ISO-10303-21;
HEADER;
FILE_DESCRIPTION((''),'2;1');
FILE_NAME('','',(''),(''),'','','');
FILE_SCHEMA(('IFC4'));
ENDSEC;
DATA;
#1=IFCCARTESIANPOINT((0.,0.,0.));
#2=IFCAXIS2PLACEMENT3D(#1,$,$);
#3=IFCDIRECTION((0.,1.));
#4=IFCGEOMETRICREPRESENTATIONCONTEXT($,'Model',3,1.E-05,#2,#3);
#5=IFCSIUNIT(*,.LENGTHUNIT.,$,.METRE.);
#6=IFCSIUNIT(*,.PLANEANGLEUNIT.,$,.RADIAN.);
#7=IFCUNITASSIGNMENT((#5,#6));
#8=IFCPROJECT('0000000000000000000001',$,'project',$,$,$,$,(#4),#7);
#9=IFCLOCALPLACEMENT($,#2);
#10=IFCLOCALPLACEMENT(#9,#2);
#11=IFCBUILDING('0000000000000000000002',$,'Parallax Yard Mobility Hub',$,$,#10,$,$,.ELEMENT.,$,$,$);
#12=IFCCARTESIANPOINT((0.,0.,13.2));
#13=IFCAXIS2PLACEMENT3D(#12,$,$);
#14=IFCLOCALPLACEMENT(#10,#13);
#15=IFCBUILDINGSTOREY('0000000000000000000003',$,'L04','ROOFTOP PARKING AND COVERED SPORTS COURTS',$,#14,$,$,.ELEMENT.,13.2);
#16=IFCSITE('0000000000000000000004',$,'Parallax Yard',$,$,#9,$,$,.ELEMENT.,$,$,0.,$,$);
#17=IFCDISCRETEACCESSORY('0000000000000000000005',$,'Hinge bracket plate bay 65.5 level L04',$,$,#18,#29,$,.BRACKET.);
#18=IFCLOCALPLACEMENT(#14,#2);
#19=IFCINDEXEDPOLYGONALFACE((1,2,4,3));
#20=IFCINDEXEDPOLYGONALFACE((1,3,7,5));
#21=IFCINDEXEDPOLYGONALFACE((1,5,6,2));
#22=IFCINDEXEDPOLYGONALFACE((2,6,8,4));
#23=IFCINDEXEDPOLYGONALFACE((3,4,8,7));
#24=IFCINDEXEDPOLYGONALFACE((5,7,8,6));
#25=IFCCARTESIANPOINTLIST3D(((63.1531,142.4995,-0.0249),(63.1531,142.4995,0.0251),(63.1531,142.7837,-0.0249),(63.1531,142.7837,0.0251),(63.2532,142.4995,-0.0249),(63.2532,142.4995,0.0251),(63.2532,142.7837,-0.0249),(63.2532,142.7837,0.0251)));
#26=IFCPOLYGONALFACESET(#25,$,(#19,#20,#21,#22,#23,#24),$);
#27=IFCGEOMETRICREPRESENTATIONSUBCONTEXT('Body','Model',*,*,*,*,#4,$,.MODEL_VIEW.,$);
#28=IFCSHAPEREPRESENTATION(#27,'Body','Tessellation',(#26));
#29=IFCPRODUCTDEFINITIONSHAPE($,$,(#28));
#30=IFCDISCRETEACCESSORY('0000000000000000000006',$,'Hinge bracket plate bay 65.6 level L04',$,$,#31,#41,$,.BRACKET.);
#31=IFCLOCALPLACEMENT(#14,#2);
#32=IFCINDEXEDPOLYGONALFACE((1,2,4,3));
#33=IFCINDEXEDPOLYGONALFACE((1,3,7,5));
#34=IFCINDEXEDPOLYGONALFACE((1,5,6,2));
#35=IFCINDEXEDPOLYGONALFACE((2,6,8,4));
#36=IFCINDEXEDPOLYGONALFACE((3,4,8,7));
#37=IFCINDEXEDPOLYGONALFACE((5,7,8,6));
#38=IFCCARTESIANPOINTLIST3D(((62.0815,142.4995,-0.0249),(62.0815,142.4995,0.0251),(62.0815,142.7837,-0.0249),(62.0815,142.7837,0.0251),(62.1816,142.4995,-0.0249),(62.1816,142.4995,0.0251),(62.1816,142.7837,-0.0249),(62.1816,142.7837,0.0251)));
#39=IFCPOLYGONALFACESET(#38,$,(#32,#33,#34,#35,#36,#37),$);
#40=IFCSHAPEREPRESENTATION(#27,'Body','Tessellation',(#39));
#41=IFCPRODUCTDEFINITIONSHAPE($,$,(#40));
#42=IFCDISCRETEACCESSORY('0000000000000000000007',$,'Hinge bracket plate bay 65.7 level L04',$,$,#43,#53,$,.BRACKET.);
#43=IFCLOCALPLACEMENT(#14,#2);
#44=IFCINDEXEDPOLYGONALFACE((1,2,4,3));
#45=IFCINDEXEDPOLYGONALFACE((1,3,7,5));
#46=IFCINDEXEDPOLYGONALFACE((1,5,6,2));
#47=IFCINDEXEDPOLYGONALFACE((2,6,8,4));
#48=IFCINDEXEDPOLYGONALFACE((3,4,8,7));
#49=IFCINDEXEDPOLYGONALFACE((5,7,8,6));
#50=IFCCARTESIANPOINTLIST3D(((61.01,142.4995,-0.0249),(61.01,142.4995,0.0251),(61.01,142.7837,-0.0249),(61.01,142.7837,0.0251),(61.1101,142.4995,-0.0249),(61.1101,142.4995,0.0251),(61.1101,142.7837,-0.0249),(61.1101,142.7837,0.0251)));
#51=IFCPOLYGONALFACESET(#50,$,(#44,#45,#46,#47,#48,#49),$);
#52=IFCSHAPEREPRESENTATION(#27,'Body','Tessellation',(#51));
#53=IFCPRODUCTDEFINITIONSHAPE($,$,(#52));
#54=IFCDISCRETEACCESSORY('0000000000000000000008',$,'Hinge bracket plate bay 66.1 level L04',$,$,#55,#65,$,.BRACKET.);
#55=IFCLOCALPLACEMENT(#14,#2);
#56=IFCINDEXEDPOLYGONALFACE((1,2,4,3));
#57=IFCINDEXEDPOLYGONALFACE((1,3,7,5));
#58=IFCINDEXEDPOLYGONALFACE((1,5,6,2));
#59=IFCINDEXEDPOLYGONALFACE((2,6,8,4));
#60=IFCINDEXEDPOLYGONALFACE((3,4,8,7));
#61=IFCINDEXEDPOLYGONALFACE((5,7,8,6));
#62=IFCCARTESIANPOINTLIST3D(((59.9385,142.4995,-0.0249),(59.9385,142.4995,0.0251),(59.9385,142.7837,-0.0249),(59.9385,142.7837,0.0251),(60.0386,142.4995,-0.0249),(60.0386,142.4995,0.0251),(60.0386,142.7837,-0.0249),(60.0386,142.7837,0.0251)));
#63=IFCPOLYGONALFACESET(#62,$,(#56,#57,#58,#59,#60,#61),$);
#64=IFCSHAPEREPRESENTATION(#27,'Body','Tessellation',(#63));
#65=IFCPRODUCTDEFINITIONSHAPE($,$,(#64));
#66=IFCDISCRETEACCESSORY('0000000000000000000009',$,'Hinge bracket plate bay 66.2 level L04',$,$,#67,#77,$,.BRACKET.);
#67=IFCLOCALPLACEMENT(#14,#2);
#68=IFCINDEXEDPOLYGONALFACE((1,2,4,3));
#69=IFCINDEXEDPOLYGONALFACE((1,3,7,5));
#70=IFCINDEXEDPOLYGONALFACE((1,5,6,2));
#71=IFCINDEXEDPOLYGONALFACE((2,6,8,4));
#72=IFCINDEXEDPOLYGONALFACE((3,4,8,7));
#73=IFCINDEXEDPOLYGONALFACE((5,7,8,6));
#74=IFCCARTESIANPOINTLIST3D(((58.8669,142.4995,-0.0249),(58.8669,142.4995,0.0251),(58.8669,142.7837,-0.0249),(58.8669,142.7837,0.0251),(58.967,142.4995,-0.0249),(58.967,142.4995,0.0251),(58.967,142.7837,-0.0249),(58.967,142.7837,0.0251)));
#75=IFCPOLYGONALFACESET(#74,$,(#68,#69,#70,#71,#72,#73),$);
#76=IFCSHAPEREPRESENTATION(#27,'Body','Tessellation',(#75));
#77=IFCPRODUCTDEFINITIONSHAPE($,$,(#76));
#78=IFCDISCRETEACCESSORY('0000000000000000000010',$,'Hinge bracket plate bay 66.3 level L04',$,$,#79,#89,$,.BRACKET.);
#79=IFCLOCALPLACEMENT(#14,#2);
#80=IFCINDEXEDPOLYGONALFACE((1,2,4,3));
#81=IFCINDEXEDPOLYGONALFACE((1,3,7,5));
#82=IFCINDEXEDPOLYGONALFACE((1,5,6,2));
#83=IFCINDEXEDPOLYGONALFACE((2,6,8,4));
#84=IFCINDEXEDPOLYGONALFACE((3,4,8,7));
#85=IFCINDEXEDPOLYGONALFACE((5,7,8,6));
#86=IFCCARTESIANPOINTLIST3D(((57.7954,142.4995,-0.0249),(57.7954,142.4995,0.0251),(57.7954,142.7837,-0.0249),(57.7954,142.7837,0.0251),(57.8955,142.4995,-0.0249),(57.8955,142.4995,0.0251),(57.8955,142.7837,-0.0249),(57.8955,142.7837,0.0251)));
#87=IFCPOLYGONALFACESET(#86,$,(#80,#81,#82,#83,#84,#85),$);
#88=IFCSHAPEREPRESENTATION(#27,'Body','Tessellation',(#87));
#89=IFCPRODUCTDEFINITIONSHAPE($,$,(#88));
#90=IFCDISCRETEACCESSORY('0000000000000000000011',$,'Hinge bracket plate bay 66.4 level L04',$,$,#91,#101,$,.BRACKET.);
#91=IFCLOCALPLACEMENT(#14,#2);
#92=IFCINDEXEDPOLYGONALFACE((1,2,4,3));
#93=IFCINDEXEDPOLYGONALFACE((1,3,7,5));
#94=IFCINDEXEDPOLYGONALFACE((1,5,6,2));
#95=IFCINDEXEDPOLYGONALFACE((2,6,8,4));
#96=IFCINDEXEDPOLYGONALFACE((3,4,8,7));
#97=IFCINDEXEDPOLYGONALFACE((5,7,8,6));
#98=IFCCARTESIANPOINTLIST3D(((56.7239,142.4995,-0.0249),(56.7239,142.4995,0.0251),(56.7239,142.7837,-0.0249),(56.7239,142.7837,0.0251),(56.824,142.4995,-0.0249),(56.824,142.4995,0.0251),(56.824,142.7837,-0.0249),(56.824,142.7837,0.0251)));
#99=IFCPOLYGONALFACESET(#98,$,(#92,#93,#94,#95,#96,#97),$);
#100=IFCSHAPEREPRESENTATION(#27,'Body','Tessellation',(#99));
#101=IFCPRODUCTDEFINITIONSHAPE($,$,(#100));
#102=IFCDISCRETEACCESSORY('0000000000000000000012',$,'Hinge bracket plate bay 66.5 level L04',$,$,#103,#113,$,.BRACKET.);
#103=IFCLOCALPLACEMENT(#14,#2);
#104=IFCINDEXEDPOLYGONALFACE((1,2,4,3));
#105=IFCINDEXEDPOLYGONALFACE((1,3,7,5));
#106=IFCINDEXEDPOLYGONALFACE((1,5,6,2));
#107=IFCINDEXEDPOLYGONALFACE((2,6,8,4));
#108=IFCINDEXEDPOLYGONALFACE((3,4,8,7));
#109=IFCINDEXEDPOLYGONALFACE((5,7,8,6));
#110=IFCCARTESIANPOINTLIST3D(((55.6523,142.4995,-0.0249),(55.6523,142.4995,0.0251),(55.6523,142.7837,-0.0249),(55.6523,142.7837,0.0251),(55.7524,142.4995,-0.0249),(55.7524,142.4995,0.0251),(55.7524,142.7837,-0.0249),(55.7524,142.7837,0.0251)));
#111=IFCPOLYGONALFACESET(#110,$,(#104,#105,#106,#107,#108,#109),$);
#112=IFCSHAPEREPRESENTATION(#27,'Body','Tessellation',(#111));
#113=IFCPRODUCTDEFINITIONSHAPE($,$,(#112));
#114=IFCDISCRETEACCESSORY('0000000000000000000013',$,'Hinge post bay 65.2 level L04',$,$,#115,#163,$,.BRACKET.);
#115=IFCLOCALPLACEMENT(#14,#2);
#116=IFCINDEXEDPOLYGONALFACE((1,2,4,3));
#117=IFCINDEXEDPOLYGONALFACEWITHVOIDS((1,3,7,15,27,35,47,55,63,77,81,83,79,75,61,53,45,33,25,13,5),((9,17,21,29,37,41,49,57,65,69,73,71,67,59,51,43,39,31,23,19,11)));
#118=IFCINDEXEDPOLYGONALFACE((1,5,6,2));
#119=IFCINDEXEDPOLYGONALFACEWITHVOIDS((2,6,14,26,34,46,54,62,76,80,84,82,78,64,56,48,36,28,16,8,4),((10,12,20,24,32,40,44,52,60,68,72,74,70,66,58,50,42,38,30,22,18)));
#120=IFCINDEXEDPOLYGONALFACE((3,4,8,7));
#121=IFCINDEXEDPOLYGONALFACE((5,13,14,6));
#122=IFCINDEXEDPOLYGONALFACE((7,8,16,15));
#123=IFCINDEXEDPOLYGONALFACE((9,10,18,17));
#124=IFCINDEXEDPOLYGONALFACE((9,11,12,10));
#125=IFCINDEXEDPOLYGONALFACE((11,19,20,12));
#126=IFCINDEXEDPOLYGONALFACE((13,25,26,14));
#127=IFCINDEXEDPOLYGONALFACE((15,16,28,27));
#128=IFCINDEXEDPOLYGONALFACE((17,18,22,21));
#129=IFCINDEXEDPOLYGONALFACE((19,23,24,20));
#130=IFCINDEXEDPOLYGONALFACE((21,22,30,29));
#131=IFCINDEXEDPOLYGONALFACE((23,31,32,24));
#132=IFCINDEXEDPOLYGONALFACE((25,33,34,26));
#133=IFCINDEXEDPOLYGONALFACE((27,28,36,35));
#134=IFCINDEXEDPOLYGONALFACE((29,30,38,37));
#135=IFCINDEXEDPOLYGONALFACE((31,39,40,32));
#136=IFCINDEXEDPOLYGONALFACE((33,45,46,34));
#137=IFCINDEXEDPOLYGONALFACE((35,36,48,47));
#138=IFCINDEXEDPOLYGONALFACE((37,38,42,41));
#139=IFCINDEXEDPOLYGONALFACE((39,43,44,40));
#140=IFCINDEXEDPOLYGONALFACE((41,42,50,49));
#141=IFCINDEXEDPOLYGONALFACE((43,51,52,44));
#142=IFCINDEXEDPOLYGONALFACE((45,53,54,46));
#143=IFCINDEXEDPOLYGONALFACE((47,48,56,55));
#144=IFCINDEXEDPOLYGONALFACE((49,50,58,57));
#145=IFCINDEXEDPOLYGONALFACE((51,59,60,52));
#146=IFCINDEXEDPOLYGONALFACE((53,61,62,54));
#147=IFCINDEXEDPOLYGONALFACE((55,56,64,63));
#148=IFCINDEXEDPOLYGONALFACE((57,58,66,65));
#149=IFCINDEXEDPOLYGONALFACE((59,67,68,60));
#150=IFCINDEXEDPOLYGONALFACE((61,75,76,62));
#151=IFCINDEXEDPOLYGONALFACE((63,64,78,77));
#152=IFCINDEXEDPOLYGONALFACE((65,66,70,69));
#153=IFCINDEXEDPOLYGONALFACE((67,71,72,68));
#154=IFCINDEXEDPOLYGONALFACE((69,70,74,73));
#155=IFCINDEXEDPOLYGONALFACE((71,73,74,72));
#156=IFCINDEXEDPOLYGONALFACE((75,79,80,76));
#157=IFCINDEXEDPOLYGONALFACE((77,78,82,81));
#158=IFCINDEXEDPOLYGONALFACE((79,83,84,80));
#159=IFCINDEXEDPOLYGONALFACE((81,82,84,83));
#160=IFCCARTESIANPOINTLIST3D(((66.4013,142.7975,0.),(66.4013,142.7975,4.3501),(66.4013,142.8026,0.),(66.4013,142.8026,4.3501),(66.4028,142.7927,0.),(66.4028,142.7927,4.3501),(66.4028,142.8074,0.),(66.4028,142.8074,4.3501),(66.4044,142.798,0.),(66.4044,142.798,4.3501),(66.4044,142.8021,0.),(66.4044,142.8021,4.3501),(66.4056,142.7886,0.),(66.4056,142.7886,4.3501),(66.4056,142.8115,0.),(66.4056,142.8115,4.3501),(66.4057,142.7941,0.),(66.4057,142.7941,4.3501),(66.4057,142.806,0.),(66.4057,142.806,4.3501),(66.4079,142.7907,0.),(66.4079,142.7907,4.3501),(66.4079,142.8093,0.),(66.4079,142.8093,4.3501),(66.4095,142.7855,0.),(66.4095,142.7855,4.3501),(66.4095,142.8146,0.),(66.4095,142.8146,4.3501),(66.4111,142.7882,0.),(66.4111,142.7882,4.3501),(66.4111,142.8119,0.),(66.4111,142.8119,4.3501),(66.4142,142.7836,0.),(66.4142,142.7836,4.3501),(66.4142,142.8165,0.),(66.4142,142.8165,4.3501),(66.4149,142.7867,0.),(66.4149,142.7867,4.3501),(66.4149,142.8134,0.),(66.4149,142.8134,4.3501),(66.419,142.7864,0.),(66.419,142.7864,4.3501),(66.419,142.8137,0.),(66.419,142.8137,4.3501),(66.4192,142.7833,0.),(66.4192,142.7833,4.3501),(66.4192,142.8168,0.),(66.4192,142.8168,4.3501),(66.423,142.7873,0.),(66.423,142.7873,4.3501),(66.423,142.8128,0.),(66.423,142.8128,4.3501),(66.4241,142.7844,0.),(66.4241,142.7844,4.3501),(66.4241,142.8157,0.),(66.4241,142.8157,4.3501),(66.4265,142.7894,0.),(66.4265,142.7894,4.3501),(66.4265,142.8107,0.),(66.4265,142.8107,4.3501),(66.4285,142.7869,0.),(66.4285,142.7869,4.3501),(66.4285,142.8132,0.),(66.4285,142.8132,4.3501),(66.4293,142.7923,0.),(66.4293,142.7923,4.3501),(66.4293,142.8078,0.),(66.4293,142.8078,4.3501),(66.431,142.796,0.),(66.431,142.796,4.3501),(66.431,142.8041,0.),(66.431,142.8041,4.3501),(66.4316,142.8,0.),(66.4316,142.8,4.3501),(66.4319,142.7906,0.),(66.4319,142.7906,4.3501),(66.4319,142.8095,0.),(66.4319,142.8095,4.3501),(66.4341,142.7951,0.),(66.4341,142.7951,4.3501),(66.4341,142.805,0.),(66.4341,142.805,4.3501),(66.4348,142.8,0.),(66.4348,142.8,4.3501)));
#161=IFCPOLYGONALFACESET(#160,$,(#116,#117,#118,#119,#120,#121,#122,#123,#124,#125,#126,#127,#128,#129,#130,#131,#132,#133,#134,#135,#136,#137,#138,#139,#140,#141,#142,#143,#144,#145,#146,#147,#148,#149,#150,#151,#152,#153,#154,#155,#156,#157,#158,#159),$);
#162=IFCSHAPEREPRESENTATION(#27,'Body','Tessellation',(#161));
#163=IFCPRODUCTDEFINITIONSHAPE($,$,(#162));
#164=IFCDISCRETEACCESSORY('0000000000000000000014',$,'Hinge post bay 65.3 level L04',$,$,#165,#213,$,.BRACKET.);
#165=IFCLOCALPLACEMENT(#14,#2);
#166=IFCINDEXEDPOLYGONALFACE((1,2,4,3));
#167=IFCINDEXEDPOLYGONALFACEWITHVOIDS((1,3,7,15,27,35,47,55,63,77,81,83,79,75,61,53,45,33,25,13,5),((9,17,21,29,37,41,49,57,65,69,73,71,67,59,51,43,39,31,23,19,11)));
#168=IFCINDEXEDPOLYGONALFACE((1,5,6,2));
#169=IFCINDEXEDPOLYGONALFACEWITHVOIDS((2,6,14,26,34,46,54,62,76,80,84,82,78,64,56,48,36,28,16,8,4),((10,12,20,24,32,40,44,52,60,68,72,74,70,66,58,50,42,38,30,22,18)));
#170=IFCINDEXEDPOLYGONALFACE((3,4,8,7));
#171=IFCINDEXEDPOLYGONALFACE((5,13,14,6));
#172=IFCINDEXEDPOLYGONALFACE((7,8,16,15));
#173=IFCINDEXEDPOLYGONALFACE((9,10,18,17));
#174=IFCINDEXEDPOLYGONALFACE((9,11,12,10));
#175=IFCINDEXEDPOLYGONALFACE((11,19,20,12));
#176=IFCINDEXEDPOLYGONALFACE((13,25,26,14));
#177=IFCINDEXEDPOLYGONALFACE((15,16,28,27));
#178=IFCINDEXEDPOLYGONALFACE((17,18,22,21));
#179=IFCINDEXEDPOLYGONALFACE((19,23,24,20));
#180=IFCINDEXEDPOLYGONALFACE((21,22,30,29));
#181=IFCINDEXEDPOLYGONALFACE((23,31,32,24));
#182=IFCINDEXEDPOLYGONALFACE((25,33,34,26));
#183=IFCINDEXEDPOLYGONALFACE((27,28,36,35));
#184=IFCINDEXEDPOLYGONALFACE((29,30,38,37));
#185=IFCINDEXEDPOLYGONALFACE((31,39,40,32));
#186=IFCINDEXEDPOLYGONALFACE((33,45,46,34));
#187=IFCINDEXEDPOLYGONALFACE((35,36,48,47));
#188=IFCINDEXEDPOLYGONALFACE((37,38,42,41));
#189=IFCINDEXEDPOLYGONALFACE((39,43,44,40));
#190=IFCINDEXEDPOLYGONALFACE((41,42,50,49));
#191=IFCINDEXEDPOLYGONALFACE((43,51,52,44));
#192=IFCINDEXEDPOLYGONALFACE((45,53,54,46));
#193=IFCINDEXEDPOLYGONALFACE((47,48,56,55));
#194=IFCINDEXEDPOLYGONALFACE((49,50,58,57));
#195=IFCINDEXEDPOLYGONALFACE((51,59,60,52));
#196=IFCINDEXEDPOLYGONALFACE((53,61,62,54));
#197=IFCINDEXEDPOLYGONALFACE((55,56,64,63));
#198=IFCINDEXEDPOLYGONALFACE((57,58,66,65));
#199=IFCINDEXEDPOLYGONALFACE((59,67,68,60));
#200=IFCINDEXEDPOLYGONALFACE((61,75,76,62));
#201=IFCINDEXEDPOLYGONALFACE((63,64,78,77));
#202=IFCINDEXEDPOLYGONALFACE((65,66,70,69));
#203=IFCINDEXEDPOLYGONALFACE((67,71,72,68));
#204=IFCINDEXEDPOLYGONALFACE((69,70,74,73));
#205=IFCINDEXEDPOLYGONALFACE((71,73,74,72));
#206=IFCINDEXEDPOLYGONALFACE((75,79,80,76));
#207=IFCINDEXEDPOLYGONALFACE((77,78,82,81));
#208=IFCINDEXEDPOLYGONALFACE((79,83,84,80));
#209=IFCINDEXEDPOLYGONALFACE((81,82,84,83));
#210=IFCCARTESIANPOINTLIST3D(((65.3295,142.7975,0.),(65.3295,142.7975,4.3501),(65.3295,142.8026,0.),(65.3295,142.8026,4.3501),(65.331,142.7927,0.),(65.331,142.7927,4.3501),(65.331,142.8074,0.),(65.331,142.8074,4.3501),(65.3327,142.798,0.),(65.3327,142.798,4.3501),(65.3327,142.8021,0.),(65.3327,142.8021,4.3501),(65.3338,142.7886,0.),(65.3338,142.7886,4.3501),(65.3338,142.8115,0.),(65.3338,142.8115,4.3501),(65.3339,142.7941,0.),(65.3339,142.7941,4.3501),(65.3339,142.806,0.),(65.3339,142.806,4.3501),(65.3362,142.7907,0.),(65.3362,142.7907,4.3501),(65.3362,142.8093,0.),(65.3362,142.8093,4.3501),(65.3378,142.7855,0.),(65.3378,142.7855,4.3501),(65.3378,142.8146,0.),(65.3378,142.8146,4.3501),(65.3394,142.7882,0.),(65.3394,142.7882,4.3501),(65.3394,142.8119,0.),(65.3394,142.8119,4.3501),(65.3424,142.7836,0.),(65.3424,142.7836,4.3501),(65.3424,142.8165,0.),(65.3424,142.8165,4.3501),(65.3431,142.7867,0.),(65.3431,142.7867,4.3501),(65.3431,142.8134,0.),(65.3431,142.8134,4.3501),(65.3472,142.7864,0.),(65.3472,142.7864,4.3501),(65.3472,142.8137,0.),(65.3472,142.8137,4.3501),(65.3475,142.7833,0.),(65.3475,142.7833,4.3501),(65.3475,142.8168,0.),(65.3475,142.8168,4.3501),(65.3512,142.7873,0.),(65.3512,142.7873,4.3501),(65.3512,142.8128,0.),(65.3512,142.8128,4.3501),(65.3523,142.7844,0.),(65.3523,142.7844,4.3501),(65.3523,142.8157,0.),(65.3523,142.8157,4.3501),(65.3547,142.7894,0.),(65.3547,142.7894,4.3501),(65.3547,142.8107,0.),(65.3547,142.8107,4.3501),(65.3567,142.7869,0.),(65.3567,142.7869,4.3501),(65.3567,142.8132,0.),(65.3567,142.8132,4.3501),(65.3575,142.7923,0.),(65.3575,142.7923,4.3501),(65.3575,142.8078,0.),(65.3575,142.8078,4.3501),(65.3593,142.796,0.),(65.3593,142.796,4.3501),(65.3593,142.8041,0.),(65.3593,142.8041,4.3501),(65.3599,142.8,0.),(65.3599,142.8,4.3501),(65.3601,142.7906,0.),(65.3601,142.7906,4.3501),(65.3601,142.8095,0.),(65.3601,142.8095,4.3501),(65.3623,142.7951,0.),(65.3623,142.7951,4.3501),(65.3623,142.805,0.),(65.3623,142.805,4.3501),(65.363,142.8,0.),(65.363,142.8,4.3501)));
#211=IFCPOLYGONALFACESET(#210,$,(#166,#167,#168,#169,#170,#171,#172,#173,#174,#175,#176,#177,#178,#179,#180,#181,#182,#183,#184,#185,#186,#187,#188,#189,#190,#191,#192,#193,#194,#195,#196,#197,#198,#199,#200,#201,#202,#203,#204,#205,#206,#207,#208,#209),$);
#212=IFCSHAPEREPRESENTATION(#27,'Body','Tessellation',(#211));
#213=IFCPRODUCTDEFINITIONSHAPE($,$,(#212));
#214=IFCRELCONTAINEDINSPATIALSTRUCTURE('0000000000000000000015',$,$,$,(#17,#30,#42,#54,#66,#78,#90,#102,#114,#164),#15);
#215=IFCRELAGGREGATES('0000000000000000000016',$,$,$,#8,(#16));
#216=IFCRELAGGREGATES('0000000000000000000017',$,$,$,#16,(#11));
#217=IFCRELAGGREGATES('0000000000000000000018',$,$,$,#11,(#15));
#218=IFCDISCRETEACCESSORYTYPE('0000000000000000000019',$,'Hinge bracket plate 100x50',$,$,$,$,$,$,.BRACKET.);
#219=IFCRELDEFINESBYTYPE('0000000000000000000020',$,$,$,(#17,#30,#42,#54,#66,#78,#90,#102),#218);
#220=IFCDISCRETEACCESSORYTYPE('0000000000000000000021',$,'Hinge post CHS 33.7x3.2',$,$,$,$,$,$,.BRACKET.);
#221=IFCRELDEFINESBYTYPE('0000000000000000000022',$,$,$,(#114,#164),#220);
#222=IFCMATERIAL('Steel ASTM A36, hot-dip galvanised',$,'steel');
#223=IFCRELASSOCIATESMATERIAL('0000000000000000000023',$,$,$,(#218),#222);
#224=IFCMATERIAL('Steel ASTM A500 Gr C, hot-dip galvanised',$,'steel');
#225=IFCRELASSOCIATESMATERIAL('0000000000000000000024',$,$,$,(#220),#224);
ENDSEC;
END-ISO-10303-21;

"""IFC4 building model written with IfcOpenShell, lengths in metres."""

from ifc_helpers import new_model, si_unit, direction, frame, origin, origin_2d, place, context, subcontext, project, spatial, rectangle, hollow_circle, extrude, material, material_profile, profile_set, type_object, element, save


model = new_model("IFC4")

# Units and contexts
model_context = context("Model", 3, precision=1e-05, world=origin(), true_north=direction((0.0, 1.0)))
body_context = subcontext(model_context, "Body", "Model", "MODEL_VIEW")
ifc_project = project(units=[si_unit("LENGTHUNIT", "METRE"), si_unit("PLANEANGLEUNIT", "RADIAN")], contexts=[model_context])

# Site, building, storey
site_placement = place(None, origin())
site = spatial("IfcSite", under=ifc_project, at=site_placement, Name="Parallax Yard", CompositionType="ELEMENT", RefElevation=0.0)
building_placement = place(site_placement, origin())
building = spatial("IfcBuilding", under=site, at=building_placement, Name="Parallax Yard Mobility Hub", CompositionType="ELEMENT")
storey_placement = place(building_placement, frame((0.0, 0.0, 13.2)))
storey = spatial("IfcBuildingStorey", under=building, at=storey_placement, Name="L04", Description="ROOFTOP PARKING AND COVERED SPORTS COURTS", CompositionType="ELEMENT", Elevation=13.2)

# Discrete accessories
ifc_material_1 = material(Name="Steel ASTM A36, hot-dip galvanised", Category="steel")
discrete_accessory_type_1 = type_object("IfcDiscreteAccessoryType", Name="Hinge bracket plate 100x50", PredefinedType="BRACKET", material=ifc_material_1)
for number, where, z_axis, x_axis, name in (
    (1, (63.2031, 142.6416, -0.0249), (0.0, 0.0, 1.0), (0.0, 1.0, 0.0), "Hinge bracket plate bay 65.5 level L04"),
    (2, (62.1316, 142.6416, -0.0249), (0.0, 0.0, 1.0), (0.0, 1.0, 0.0), "Hinge bracket plate bay 65.6 level L04"),
    (3, (61.0601, 142.6416, -0.0249), (0.0, 0.0, 1.0), (0.0, 1.0, 0.0), "Hinge bracket plate bay 65.7 level L04"),
    (4, (59.9885, 142.6416, -0.0249), (0.0, 0.0, 1.0), (0.0, 1.0, 0.0), "Hinge bracket plate bay 66.1 level L04"),
    (5, (58.917, 142.6416, -0.0249), (0.0, 0.0, 1.0), (0.0, 1.0, 0.0), "Hinge bracket plate bay 66.2 level L04"),
    (6, (57.8455, 142.6416, -0.0249), (0.0, 0.0, 1.0), (0.0, 1.0, 0.0), "Hinge bracket plate bay 66.3 level L04"),
    (7, (56.7739, 142.6416, -0.0249), (0.0, 0.0, 1.0), (0.0, 1.0, 0.0), "Hinge bracket plate bay 66.4 level L04"),
    (8, (55.7024, 142.6416, -0.0249), (0.0, 0.0, 1.0), (0.0, 1.0, 0.0), "Hinge bracket plate bay 66.5 level L04"),
):
    element("IfcDiscreteAccessory", number, at=place(storey_placement, frame(where, z_axis=z_axis, x_axis=x_axis)), inside=storey, type_object=discrete_accessory_type_1, Name=name, PredefinedType="BRACKET", context=body_context, shape_type="SweptSolid", body=[
        extrude(rectangle(XDim=0.2842, YDim=0.1001, at=origin_2d()), origin(), (0.0, 0.0, 1.0), 0.05),
    ])
ifc_material_2 = material(Name="Steel ASTM A500 Gr C, hot-dip galvanised", Category="steel")
ifc_material_profile = material_profile(ifc_material_2, hollow_circle(Radius=0.0168, WallThickness=0.0032, at=origin_2d()), Name="CHS 33.7x3.2")
ifc_profile_set = profile_set([ifc_material_profile], Name="Steel ASTM A500 Gr C, hot-dip galvanised")
discrete_accessory_type_2 = type_object("IfcDiscreteAccessoryType", Name="Hinge post CHS 33.7x3.2", PredefinedType="BRACKET", material=ifc_profile_set)
for number, where, z_axis, x_axis, name in (
    (9, (66.418, 142.8, 0.0), (0.0, 0.0, 1.0), (1.0, 0.0, 0.0), "Hinge post bay 65.2 level L04"),
    (10, (65.3462, 142.8, 0.0), (0.0, 0.0, 1.0), (1.0, 0.0, 0.0), "Hinge post bay 65.3 level L04"),
):
    element("IfcDiscreteAccessory", number, at=place(storey_placement, frame(where, z_axis=z_axis, x_axis=x_axis)), inside=storey, type_object=discrete_accessory_type_2, Name=name, PredefinedType="BRACKET", context=body_context, shape_type="SweptSolid", body=[
        extrude(hollow_circle(Radius=0.0168, WallThickness=0.0032, at=origin_2d()), origin(), (0.0, 0.0, 1.0), 4.3501),
    ])

save(model, "model.ifc")
